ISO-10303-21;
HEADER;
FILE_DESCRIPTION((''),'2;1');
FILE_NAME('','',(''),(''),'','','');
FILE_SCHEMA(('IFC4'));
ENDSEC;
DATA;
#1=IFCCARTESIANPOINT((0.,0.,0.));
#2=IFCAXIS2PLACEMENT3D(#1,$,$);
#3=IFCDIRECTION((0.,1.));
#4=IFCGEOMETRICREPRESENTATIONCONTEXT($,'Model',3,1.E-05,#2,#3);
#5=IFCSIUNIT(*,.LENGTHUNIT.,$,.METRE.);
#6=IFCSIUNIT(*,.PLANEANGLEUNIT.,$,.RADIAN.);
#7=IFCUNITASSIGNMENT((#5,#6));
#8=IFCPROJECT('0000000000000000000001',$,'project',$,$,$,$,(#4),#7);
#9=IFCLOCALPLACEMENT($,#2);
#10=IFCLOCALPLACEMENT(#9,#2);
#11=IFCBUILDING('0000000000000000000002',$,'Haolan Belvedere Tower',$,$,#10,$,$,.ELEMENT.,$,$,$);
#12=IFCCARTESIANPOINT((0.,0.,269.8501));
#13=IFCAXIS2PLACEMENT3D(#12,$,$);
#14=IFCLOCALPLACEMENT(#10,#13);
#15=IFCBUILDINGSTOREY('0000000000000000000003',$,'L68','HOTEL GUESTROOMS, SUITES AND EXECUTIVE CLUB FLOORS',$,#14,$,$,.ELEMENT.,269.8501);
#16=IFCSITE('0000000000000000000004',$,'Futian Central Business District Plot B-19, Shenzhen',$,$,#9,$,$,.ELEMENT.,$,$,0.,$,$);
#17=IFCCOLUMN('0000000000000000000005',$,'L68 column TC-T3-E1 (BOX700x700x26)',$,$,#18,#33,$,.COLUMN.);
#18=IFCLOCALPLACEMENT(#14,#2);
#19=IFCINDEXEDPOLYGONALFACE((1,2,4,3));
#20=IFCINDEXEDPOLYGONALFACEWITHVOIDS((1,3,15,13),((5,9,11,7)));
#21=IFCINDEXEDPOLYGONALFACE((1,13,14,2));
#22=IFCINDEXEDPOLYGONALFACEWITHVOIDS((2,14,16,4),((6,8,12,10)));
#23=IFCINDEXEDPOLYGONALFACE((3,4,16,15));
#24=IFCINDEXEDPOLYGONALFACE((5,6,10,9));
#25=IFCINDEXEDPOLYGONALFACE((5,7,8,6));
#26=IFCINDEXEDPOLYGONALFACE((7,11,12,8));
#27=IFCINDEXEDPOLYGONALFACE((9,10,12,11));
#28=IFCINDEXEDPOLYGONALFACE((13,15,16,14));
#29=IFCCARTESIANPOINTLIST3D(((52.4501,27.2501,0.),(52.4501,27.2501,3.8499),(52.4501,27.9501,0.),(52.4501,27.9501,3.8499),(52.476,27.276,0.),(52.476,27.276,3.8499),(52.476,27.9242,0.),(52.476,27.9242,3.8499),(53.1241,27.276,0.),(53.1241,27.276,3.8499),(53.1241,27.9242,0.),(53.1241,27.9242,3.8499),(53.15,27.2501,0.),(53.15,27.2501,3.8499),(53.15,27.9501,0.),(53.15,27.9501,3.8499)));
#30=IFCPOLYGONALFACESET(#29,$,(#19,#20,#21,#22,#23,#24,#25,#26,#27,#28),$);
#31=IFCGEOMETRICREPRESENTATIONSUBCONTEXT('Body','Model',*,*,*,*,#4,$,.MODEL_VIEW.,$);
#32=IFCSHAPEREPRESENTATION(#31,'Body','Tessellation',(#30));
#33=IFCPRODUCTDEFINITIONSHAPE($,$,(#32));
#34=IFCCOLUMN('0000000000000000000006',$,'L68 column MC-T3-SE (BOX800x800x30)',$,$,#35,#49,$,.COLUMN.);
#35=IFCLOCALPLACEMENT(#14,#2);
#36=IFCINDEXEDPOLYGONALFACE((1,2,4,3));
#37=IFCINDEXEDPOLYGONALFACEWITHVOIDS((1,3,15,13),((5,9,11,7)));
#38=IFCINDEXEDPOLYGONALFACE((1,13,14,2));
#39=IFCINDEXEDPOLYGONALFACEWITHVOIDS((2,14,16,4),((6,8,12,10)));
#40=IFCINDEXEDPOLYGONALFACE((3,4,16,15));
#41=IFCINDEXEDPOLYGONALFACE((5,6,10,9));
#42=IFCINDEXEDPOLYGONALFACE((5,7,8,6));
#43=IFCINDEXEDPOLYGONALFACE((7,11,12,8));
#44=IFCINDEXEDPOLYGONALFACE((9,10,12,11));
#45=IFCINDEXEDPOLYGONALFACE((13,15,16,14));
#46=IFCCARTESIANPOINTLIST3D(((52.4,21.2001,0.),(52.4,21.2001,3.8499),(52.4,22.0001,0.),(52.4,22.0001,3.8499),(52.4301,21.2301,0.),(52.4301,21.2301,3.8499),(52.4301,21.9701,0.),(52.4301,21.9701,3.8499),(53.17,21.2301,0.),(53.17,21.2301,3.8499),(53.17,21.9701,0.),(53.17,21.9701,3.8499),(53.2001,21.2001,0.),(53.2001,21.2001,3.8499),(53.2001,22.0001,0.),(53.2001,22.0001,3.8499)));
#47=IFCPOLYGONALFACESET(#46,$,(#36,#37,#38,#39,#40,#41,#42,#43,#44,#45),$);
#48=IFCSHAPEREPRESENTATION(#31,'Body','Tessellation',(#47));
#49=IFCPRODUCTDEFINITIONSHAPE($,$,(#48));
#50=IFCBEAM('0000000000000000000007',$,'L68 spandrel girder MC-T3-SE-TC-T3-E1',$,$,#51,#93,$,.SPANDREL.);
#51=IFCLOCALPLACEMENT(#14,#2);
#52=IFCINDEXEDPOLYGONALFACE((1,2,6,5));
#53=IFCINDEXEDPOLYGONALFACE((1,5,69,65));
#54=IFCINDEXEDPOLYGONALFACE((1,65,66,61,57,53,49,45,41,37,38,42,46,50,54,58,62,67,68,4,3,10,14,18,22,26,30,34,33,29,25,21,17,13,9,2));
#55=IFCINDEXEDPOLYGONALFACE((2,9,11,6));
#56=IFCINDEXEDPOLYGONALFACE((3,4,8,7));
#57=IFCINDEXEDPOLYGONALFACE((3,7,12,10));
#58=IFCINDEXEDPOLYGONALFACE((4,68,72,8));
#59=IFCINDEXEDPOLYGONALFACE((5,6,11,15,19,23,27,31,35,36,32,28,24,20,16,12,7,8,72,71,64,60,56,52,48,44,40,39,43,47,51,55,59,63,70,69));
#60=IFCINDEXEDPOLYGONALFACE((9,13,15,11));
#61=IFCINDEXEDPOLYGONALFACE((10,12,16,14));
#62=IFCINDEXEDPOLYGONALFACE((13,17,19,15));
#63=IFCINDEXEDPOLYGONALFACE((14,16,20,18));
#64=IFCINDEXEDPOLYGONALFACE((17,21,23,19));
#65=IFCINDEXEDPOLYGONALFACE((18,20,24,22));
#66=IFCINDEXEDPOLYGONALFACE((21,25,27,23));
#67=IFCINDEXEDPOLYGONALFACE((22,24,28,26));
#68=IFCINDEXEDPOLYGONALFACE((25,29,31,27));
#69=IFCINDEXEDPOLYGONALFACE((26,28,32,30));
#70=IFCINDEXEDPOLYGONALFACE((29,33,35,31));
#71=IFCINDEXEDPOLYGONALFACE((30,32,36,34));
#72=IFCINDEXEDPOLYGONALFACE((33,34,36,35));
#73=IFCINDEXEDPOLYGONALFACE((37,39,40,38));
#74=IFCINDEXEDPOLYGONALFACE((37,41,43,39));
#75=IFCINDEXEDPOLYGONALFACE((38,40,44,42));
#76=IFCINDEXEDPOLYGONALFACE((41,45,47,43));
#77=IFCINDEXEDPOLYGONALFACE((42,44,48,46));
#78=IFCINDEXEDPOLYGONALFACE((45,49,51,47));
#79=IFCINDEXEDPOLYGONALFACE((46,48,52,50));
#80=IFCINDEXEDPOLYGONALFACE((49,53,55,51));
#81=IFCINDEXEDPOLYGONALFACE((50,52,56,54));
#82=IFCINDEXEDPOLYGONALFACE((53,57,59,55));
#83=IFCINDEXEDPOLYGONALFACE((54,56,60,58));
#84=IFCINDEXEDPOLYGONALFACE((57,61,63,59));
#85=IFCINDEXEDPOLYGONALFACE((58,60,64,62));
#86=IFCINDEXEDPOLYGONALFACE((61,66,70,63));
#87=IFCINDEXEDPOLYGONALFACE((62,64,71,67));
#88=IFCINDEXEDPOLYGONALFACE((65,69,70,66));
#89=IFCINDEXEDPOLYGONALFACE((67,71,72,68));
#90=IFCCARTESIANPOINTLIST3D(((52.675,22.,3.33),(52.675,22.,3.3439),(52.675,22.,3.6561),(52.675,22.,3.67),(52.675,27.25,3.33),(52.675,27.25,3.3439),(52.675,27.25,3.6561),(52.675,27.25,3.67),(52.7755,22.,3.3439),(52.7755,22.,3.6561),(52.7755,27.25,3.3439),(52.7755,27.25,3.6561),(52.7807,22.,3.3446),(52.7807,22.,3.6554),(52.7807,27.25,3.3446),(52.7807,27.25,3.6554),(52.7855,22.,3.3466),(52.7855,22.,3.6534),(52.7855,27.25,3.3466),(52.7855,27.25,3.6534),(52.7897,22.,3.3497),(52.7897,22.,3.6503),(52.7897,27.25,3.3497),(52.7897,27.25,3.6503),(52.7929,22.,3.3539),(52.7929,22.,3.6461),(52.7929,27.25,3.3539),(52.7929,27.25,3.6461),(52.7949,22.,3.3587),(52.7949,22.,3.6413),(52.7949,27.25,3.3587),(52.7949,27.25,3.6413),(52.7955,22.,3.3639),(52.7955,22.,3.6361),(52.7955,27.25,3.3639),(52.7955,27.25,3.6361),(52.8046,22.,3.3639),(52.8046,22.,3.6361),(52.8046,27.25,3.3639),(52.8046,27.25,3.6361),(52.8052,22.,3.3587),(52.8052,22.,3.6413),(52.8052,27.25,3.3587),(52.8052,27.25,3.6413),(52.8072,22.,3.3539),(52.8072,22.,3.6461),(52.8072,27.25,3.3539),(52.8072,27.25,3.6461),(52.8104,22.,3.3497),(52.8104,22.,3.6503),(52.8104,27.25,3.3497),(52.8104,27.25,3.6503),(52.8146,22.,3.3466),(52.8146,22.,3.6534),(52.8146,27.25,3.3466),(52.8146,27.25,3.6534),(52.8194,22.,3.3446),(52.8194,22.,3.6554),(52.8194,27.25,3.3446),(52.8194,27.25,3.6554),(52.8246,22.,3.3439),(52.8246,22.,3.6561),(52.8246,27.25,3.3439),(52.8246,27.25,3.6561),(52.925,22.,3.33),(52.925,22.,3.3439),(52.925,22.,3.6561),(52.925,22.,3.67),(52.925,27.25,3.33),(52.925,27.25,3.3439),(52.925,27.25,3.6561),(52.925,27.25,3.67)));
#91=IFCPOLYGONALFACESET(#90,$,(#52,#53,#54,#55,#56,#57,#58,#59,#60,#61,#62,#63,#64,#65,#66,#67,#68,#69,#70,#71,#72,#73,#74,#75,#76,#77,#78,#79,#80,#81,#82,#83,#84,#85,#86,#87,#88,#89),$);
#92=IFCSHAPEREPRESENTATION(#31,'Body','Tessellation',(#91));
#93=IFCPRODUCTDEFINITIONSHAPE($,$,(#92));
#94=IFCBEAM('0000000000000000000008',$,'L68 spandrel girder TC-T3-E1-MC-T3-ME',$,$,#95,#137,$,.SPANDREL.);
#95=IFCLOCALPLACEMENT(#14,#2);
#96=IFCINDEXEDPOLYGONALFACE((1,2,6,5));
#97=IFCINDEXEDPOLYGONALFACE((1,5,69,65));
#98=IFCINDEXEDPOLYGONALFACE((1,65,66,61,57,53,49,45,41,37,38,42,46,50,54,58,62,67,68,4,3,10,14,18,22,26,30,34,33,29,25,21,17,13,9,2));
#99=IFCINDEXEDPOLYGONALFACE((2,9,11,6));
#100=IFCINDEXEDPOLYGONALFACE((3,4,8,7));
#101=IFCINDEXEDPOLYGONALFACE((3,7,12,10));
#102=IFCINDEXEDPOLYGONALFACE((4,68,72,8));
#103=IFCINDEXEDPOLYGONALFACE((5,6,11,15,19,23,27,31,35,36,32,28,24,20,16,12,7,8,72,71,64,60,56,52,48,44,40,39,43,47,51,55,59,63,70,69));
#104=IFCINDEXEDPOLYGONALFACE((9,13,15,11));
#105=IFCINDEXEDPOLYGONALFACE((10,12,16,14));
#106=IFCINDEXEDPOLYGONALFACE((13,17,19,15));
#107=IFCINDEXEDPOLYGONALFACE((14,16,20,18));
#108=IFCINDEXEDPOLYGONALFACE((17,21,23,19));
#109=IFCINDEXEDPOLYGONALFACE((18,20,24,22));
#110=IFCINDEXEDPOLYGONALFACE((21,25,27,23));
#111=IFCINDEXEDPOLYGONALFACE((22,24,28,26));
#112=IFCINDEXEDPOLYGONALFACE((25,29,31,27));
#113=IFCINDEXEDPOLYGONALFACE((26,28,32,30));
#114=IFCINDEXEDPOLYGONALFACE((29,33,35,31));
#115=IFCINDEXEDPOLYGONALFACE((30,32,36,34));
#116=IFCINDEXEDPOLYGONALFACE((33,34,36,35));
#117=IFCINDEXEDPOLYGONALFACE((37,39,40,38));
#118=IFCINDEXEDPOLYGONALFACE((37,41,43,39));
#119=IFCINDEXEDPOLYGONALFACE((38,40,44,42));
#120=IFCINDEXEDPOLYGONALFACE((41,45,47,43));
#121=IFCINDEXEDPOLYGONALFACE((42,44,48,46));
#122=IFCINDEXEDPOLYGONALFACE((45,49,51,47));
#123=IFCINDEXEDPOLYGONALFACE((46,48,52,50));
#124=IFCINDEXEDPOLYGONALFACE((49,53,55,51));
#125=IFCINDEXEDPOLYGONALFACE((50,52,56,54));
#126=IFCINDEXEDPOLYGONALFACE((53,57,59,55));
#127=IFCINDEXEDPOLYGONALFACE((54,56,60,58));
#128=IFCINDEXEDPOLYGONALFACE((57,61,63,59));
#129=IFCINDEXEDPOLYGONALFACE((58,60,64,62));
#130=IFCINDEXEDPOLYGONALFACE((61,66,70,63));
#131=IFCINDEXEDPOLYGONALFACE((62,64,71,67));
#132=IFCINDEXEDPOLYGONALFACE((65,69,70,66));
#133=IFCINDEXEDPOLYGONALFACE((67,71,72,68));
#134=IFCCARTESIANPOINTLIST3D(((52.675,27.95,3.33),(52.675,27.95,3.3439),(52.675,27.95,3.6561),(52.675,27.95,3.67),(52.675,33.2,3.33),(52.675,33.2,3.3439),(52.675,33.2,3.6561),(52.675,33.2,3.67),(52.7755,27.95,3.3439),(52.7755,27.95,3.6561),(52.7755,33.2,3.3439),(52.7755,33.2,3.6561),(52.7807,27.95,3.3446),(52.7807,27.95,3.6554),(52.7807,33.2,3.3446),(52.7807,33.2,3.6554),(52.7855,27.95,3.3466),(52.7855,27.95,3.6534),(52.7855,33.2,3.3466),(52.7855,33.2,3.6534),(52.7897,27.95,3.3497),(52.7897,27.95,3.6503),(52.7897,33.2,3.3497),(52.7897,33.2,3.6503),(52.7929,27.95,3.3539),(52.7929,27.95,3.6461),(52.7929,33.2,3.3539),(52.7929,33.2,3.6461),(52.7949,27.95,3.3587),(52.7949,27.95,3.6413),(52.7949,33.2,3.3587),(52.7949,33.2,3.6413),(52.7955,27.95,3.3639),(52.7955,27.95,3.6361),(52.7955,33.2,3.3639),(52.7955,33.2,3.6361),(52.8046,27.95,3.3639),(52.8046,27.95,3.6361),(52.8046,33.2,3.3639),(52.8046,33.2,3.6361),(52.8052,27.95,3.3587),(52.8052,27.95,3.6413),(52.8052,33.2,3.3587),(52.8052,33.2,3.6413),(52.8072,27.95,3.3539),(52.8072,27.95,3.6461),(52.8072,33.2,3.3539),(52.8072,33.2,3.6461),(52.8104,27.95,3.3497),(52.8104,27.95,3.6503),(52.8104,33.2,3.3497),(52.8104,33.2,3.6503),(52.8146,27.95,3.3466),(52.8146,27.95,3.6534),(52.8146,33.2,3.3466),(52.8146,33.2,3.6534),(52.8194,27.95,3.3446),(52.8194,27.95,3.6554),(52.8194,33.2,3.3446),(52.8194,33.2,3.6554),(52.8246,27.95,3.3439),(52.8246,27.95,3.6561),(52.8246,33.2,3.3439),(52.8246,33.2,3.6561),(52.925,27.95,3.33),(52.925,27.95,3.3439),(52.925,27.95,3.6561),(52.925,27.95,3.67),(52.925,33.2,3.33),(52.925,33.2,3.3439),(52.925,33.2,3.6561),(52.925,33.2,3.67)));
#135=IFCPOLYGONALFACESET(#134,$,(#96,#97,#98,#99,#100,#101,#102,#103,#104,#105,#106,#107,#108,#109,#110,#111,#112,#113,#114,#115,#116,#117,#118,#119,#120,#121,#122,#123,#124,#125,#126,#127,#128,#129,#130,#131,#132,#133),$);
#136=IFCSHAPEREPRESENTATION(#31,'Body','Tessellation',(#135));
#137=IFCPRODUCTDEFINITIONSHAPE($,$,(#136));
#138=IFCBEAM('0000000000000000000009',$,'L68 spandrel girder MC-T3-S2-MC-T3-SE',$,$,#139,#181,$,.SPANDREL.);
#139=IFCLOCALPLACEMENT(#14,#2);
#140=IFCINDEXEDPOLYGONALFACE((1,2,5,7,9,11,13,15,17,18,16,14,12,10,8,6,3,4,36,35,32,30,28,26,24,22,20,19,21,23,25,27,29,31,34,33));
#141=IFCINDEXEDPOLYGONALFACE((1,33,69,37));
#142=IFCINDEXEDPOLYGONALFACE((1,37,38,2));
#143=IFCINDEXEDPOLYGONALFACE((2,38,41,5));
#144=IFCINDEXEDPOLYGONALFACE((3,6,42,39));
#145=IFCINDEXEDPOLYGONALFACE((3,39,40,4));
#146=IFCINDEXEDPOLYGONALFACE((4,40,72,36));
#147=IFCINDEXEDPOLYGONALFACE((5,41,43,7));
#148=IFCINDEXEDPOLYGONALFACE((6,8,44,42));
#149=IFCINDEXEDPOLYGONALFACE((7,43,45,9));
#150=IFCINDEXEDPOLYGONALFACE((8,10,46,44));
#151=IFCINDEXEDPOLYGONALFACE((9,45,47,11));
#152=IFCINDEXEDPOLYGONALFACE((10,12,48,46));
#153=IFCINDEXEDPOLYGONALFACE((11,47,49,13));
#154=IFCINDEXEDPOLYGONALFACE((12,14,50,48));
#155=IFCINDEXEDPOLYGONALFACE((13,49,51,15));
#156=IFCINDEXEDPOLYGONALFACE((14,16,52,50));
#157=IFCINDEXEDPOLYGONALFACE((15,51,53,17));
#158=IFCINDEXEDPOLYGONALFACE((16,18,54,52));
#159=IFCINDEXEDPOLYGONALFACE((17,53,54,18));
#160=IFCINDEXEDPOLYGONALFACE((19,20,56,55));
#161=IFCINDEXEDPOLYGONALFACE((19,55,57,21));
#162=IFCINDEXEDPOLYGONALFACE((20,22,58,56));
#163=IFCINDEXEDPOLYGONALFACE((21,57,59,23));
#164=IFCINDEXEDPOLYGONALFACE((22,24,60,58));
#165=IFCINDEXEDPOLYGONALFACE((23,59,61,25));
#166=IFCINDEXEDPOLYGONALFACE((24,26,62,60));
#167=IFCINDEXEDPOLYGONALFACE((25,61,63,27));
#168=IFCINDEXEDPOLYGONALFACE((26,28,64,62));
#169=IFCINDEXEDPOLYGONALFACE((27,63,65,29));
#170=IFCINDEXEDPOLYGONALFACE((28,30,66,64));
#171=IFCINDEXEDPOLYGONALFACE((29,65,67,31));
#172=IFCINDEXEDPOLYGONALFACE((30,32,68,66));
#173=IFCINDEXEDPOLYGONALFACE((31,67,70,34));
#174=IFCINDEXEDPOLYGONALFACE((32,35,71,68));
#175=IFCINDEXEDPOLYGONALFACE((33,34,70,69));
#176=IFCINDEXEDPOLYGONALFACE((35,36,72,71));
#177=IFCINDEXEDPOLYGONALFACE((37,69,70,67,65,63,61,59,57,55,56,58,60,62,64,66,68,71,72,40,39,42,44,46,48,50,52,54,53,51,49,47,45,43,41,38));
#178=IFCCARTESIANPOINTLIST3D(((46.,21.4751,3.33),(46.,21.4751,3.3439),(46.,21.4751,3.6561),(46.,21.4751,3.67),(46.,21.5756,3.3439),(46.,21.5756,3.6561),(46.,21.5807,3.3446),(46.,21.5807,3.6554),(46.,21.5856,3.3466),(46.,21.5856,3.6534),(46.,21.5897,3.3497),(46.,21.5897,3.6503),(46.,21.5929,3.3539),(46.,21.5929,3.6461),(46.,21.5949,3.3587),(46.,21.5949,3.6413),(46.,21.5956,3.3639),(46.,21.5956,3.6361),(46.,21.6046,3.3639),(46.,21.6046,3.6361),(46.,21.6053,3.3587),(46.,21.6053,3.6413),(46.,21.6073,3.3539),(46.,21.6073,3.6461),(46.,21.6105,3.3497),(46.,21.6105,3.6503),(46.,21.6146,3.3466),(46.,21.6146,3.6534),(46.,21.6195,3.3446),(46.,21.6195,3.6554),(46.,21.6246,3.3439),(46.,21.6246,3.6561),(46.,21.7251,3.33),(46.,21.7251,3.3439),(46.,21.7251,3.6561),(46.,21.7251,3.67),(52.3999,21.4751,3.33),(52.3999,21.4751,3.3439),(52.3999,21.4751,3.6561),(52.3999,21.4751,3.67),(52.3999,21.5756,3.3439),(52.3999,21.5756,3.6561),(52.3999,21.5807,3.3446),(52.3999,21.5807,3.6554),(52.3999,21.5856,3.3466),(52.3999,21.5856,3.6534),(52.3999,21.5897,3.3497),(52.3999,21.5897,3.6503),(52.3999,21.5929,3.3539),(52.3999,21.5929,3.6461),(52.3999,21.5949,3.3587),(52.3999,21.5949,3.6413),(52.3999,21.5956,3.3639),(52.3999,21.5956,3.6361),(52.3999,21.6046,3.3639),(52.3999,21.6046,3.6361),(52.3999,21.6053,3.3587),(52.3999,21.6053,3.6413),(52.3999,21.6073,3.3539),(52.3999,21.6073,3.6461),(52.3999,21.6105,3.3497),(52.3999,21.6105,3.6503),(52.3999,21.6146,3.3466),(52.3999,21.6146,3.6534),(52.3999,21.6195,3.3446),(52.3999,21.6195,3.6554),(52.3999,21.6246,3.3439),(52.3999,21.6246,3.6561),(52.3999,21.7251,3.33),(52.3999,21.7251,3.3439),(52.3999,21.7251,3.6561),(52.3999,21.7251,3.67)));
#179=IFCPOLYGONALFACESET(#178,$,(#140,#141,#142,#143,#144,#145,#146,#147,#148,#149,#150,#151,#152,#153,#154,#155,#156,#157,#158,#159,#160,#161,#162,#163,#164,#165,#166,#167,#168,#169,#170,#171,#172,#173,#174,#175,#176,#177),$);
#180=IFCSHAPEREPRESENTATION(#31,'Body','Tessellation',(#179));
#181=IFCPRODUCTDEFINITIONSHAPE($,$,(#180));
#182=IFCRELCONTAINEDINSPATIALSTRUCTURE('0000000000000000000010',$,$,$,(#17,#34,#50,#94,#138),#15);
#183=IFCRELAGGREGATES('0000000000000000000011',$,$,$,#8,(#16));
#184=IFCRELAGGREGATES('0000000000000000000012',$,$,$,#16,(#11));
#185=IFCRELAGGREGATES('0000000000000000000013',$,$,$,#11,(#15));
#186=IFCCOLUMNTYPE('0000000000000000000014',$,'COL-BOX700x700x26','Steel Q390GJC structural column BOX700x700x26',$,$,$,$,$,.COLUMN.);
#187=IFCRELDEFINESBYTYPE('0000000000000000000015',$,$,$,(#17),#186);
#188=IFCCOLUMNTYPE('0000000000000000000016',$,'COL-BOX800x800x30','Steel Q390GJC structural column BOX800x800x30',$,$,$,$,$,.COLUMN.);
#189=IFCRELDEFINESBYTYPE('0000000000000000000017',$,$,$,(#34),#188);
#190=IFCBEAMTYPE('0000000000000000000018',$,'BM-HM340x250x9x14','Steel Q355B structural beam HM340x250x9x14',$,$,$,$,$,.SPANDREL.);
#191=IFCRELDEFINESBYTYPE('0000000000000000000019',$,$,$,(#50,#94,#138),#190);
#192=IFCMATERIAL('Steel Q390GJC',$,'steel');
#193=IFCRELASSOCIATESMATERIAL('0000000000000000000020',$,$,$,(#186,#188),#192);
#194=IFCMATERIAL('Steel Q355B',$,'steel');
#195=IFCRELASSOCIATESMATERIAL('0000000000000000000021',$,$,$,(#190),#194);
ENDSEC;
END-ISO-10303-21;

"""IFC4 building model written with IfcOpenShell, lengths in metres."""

from ifc_helpers import new_model, si_unit, direction, frame, origin, origin_2d, place, context, subcontext, project, spatial, hollow_rectangle, i_section, extrude, material, material_profile, profile_set, type_object, element, save


model = new_model("IFC4")

# Units and contexts
model_context = context("Model", 3, precision=1e-05, world=origin(), true_north=direction((0.0, 1.0)))
body_context = subcontext(model_context, "Body", "Model", "MODEL_VIEW")
ifc_project = project(units=[si_unit("LENGTHUNIT", "METRE"), si_unit("PLANEANGLEUNIT", "RADIAN")], contexts=[model_context])

# Site, building, storey
site_placement = place(None, origin())
site = spatial("IfcSite", under=ifc_project, at=site_placement, Name="Futian Central Business District Plot B-19, Shenzhen", CompositionType="ELEMENT", RefElevation=0.0)
building_placement = place(site_placement, origin())
building = spatial("IfcBuilding", under=site, at=building_placement, Name="Haolan Belvedere Tower", CompositionType="ELEMENT")
storey_placement = place(building_placement, frame((0.0, 0.0, 269.8501)))
storey = spatial("IfcBuildingStorey", under=building, at=storey_placement, Name="L68", Description="HOTEL GUESTROOMS, SUITES AND EXECUTIVE CLUB FLOORS", CompositionType="ELEMENT", Elevation=269.8501)

# Columns
ifc_material_1 = material(Name="Steel Q390GJC", Category="steel")
ifc_material_profile_1 = material_profile(ifc_material_1, hollow_rectangle(XDim=0.7, YDim=0.7, WallThickness=0.0259, at=origin_2d()), Name="Steel Q390GJC")
ifc_profile_set_1 = profile_set([ifc_material_profile_1], Name="Steel Q390GJC")
column_type_1 = type_object("IfcColumnType", Name="COL-BOX700x700x26", Description="Steel Q390GJC structural column BOX700x700x26", PredefinedType="COLUMN", material=ifc_profile_set_1)
column_1_placement = place(storey_placement, frame((52.8, 27.6001, 0.0), z_axis=(0.0, 0.0, 1.0), x_axis=(1.0, 0.0, 0.0)))
element("IfcColumn", 1, at=column_1_placement, inside=storey, type_object=column_type_1, Name="L68 column TC-T3-E1 (BOX700x700x26)", PredefinedType="COLUMN", context=body_context, shape_type="SweptSolid", body=[
    extrude(hollow_rectangle(XDim=0.7, YDim=0.7, WallThickness=0.0259, at=origin_2d()), origin(), (0.0, 0.0, 1.0), 3.8499),
])
ifc_material_profile_2 = material_profile(ifc_material_1, hollow_rectangle(XDim=0.8, YDim=0.8, WallThickness=0.03, at=origin_2d()), Name="Steel Q390GJC")
ifc_profile_set_2 = profile_set([ifc_material_profile_2], Name="Steel Q390GJC")
column_type_2 = type_object("IfcColumnType", Name="COL-BOX800x800x30", Description="Steel Q390GJC structural column BOX800x800x30", PredefinedType="COLUMN", material=ifc_profile_set_2)
column_2_placement = place(storey_placement, frame((52.8, 21.6001, 0.0), z_axis=(0.0, 0.0, 1.0), x_axis=(1.0, 0.0, 0.0)))
element("IfcColumn", 2, at=column_2_placement, inside=storey, type_object=column_type_2, Name="L68 column MC-T3-SE (BOX800x800x30)", PredefinedType="COLUMN", context=body_context, shape_type="SweptSolid", body=[
    extrude(hollow_rectangle(XDim=0.8, YDim=0.8, WallThickness=0.03, at=origin_2d()), origin(), (0.0, 0.0, 1.0), 3.8499),
])

# Beams
ifc_material_2 = material(Name="Steel Q355B", Category="steel")
ifc_material_profile_3 = material_profile(ifc_material_2, i_section(OverallWidth=0.25, OverallDepth=0.3401, WebThickness=0.009, FlangeThickness=0.0139, FilletRadius=0.02, at=origin_2d()), Name="Steel Q355B")
ifc_profile_set_3 = profile_set([ifc_material_profile_3], Name="Steel Q355B")
beam_type_1 = type_object("IfcBeamType", Name="BM-HM340x250x9x14", Description="Steel Q355B structural beam HM340x250x9x14", PredefinedType="SPANDREL", material=ifc_profile_set_3)
for number, where, z_axis, x_axis, name in (
    (3, (52.8, 22.0, 3.5), (0.0, 1.0, 0.0), (-1.0, 0.0, 0.0), "L68 spandrel girder MC-T3-SE-TC-T3-E1"),
    (4, (52.8, 27.95, 3.5), (0.0, 1.0, 0.0), (-1.0, 0.0, 0.0), "L68 spandrel girder TC-T3-E1-MC-T3-ME"),
):
    element("IfcBeam", number, at=place(storey_placement, frame(where, z_axis=z_axis, x_axis=x_axis)), inside=storey, type_object=beam_type_1, Name=name, PredefinedType="SPANDREL", context=body_context, shape_type="SweptSolid", body=[
        extrude(i_section(OverallWidth=0.25, OverallDepth=0.3401, WebThickness=0.009, FlangeThickness=0.0139, FilletRadius=0.02, at=origin_2d()), origin(), (0.0, 0.0, 1.0), 5.25),
    ])
beam_1_placement = place(storey_placement, frame((46.0, 21.6001, 3.5), z_axis=(1.0, 0.0, 0.0), x_axis=(0.0, 1.0, 0.0)))
element("IfcBeam", 5, at=beam_1_placement, inside=storey, type_object=beam_type_1, Name="L68 spandrel girder MC-T3-S2-MC-T3-SE", PredefinedType="SPANDREL", context=body_context, shape_type="SweptSolid", body=[
    extrude(i_section(OverallWidth=0.25, OverallDepth=0.3401, WebThickness=0.009, FlangeThickness=0.0139, FilletRadius=0.02, at=origin_2d()), origin(), (0.0, 0.0, 1.0), 6.3999),
])

save(model, "model.ifc")
